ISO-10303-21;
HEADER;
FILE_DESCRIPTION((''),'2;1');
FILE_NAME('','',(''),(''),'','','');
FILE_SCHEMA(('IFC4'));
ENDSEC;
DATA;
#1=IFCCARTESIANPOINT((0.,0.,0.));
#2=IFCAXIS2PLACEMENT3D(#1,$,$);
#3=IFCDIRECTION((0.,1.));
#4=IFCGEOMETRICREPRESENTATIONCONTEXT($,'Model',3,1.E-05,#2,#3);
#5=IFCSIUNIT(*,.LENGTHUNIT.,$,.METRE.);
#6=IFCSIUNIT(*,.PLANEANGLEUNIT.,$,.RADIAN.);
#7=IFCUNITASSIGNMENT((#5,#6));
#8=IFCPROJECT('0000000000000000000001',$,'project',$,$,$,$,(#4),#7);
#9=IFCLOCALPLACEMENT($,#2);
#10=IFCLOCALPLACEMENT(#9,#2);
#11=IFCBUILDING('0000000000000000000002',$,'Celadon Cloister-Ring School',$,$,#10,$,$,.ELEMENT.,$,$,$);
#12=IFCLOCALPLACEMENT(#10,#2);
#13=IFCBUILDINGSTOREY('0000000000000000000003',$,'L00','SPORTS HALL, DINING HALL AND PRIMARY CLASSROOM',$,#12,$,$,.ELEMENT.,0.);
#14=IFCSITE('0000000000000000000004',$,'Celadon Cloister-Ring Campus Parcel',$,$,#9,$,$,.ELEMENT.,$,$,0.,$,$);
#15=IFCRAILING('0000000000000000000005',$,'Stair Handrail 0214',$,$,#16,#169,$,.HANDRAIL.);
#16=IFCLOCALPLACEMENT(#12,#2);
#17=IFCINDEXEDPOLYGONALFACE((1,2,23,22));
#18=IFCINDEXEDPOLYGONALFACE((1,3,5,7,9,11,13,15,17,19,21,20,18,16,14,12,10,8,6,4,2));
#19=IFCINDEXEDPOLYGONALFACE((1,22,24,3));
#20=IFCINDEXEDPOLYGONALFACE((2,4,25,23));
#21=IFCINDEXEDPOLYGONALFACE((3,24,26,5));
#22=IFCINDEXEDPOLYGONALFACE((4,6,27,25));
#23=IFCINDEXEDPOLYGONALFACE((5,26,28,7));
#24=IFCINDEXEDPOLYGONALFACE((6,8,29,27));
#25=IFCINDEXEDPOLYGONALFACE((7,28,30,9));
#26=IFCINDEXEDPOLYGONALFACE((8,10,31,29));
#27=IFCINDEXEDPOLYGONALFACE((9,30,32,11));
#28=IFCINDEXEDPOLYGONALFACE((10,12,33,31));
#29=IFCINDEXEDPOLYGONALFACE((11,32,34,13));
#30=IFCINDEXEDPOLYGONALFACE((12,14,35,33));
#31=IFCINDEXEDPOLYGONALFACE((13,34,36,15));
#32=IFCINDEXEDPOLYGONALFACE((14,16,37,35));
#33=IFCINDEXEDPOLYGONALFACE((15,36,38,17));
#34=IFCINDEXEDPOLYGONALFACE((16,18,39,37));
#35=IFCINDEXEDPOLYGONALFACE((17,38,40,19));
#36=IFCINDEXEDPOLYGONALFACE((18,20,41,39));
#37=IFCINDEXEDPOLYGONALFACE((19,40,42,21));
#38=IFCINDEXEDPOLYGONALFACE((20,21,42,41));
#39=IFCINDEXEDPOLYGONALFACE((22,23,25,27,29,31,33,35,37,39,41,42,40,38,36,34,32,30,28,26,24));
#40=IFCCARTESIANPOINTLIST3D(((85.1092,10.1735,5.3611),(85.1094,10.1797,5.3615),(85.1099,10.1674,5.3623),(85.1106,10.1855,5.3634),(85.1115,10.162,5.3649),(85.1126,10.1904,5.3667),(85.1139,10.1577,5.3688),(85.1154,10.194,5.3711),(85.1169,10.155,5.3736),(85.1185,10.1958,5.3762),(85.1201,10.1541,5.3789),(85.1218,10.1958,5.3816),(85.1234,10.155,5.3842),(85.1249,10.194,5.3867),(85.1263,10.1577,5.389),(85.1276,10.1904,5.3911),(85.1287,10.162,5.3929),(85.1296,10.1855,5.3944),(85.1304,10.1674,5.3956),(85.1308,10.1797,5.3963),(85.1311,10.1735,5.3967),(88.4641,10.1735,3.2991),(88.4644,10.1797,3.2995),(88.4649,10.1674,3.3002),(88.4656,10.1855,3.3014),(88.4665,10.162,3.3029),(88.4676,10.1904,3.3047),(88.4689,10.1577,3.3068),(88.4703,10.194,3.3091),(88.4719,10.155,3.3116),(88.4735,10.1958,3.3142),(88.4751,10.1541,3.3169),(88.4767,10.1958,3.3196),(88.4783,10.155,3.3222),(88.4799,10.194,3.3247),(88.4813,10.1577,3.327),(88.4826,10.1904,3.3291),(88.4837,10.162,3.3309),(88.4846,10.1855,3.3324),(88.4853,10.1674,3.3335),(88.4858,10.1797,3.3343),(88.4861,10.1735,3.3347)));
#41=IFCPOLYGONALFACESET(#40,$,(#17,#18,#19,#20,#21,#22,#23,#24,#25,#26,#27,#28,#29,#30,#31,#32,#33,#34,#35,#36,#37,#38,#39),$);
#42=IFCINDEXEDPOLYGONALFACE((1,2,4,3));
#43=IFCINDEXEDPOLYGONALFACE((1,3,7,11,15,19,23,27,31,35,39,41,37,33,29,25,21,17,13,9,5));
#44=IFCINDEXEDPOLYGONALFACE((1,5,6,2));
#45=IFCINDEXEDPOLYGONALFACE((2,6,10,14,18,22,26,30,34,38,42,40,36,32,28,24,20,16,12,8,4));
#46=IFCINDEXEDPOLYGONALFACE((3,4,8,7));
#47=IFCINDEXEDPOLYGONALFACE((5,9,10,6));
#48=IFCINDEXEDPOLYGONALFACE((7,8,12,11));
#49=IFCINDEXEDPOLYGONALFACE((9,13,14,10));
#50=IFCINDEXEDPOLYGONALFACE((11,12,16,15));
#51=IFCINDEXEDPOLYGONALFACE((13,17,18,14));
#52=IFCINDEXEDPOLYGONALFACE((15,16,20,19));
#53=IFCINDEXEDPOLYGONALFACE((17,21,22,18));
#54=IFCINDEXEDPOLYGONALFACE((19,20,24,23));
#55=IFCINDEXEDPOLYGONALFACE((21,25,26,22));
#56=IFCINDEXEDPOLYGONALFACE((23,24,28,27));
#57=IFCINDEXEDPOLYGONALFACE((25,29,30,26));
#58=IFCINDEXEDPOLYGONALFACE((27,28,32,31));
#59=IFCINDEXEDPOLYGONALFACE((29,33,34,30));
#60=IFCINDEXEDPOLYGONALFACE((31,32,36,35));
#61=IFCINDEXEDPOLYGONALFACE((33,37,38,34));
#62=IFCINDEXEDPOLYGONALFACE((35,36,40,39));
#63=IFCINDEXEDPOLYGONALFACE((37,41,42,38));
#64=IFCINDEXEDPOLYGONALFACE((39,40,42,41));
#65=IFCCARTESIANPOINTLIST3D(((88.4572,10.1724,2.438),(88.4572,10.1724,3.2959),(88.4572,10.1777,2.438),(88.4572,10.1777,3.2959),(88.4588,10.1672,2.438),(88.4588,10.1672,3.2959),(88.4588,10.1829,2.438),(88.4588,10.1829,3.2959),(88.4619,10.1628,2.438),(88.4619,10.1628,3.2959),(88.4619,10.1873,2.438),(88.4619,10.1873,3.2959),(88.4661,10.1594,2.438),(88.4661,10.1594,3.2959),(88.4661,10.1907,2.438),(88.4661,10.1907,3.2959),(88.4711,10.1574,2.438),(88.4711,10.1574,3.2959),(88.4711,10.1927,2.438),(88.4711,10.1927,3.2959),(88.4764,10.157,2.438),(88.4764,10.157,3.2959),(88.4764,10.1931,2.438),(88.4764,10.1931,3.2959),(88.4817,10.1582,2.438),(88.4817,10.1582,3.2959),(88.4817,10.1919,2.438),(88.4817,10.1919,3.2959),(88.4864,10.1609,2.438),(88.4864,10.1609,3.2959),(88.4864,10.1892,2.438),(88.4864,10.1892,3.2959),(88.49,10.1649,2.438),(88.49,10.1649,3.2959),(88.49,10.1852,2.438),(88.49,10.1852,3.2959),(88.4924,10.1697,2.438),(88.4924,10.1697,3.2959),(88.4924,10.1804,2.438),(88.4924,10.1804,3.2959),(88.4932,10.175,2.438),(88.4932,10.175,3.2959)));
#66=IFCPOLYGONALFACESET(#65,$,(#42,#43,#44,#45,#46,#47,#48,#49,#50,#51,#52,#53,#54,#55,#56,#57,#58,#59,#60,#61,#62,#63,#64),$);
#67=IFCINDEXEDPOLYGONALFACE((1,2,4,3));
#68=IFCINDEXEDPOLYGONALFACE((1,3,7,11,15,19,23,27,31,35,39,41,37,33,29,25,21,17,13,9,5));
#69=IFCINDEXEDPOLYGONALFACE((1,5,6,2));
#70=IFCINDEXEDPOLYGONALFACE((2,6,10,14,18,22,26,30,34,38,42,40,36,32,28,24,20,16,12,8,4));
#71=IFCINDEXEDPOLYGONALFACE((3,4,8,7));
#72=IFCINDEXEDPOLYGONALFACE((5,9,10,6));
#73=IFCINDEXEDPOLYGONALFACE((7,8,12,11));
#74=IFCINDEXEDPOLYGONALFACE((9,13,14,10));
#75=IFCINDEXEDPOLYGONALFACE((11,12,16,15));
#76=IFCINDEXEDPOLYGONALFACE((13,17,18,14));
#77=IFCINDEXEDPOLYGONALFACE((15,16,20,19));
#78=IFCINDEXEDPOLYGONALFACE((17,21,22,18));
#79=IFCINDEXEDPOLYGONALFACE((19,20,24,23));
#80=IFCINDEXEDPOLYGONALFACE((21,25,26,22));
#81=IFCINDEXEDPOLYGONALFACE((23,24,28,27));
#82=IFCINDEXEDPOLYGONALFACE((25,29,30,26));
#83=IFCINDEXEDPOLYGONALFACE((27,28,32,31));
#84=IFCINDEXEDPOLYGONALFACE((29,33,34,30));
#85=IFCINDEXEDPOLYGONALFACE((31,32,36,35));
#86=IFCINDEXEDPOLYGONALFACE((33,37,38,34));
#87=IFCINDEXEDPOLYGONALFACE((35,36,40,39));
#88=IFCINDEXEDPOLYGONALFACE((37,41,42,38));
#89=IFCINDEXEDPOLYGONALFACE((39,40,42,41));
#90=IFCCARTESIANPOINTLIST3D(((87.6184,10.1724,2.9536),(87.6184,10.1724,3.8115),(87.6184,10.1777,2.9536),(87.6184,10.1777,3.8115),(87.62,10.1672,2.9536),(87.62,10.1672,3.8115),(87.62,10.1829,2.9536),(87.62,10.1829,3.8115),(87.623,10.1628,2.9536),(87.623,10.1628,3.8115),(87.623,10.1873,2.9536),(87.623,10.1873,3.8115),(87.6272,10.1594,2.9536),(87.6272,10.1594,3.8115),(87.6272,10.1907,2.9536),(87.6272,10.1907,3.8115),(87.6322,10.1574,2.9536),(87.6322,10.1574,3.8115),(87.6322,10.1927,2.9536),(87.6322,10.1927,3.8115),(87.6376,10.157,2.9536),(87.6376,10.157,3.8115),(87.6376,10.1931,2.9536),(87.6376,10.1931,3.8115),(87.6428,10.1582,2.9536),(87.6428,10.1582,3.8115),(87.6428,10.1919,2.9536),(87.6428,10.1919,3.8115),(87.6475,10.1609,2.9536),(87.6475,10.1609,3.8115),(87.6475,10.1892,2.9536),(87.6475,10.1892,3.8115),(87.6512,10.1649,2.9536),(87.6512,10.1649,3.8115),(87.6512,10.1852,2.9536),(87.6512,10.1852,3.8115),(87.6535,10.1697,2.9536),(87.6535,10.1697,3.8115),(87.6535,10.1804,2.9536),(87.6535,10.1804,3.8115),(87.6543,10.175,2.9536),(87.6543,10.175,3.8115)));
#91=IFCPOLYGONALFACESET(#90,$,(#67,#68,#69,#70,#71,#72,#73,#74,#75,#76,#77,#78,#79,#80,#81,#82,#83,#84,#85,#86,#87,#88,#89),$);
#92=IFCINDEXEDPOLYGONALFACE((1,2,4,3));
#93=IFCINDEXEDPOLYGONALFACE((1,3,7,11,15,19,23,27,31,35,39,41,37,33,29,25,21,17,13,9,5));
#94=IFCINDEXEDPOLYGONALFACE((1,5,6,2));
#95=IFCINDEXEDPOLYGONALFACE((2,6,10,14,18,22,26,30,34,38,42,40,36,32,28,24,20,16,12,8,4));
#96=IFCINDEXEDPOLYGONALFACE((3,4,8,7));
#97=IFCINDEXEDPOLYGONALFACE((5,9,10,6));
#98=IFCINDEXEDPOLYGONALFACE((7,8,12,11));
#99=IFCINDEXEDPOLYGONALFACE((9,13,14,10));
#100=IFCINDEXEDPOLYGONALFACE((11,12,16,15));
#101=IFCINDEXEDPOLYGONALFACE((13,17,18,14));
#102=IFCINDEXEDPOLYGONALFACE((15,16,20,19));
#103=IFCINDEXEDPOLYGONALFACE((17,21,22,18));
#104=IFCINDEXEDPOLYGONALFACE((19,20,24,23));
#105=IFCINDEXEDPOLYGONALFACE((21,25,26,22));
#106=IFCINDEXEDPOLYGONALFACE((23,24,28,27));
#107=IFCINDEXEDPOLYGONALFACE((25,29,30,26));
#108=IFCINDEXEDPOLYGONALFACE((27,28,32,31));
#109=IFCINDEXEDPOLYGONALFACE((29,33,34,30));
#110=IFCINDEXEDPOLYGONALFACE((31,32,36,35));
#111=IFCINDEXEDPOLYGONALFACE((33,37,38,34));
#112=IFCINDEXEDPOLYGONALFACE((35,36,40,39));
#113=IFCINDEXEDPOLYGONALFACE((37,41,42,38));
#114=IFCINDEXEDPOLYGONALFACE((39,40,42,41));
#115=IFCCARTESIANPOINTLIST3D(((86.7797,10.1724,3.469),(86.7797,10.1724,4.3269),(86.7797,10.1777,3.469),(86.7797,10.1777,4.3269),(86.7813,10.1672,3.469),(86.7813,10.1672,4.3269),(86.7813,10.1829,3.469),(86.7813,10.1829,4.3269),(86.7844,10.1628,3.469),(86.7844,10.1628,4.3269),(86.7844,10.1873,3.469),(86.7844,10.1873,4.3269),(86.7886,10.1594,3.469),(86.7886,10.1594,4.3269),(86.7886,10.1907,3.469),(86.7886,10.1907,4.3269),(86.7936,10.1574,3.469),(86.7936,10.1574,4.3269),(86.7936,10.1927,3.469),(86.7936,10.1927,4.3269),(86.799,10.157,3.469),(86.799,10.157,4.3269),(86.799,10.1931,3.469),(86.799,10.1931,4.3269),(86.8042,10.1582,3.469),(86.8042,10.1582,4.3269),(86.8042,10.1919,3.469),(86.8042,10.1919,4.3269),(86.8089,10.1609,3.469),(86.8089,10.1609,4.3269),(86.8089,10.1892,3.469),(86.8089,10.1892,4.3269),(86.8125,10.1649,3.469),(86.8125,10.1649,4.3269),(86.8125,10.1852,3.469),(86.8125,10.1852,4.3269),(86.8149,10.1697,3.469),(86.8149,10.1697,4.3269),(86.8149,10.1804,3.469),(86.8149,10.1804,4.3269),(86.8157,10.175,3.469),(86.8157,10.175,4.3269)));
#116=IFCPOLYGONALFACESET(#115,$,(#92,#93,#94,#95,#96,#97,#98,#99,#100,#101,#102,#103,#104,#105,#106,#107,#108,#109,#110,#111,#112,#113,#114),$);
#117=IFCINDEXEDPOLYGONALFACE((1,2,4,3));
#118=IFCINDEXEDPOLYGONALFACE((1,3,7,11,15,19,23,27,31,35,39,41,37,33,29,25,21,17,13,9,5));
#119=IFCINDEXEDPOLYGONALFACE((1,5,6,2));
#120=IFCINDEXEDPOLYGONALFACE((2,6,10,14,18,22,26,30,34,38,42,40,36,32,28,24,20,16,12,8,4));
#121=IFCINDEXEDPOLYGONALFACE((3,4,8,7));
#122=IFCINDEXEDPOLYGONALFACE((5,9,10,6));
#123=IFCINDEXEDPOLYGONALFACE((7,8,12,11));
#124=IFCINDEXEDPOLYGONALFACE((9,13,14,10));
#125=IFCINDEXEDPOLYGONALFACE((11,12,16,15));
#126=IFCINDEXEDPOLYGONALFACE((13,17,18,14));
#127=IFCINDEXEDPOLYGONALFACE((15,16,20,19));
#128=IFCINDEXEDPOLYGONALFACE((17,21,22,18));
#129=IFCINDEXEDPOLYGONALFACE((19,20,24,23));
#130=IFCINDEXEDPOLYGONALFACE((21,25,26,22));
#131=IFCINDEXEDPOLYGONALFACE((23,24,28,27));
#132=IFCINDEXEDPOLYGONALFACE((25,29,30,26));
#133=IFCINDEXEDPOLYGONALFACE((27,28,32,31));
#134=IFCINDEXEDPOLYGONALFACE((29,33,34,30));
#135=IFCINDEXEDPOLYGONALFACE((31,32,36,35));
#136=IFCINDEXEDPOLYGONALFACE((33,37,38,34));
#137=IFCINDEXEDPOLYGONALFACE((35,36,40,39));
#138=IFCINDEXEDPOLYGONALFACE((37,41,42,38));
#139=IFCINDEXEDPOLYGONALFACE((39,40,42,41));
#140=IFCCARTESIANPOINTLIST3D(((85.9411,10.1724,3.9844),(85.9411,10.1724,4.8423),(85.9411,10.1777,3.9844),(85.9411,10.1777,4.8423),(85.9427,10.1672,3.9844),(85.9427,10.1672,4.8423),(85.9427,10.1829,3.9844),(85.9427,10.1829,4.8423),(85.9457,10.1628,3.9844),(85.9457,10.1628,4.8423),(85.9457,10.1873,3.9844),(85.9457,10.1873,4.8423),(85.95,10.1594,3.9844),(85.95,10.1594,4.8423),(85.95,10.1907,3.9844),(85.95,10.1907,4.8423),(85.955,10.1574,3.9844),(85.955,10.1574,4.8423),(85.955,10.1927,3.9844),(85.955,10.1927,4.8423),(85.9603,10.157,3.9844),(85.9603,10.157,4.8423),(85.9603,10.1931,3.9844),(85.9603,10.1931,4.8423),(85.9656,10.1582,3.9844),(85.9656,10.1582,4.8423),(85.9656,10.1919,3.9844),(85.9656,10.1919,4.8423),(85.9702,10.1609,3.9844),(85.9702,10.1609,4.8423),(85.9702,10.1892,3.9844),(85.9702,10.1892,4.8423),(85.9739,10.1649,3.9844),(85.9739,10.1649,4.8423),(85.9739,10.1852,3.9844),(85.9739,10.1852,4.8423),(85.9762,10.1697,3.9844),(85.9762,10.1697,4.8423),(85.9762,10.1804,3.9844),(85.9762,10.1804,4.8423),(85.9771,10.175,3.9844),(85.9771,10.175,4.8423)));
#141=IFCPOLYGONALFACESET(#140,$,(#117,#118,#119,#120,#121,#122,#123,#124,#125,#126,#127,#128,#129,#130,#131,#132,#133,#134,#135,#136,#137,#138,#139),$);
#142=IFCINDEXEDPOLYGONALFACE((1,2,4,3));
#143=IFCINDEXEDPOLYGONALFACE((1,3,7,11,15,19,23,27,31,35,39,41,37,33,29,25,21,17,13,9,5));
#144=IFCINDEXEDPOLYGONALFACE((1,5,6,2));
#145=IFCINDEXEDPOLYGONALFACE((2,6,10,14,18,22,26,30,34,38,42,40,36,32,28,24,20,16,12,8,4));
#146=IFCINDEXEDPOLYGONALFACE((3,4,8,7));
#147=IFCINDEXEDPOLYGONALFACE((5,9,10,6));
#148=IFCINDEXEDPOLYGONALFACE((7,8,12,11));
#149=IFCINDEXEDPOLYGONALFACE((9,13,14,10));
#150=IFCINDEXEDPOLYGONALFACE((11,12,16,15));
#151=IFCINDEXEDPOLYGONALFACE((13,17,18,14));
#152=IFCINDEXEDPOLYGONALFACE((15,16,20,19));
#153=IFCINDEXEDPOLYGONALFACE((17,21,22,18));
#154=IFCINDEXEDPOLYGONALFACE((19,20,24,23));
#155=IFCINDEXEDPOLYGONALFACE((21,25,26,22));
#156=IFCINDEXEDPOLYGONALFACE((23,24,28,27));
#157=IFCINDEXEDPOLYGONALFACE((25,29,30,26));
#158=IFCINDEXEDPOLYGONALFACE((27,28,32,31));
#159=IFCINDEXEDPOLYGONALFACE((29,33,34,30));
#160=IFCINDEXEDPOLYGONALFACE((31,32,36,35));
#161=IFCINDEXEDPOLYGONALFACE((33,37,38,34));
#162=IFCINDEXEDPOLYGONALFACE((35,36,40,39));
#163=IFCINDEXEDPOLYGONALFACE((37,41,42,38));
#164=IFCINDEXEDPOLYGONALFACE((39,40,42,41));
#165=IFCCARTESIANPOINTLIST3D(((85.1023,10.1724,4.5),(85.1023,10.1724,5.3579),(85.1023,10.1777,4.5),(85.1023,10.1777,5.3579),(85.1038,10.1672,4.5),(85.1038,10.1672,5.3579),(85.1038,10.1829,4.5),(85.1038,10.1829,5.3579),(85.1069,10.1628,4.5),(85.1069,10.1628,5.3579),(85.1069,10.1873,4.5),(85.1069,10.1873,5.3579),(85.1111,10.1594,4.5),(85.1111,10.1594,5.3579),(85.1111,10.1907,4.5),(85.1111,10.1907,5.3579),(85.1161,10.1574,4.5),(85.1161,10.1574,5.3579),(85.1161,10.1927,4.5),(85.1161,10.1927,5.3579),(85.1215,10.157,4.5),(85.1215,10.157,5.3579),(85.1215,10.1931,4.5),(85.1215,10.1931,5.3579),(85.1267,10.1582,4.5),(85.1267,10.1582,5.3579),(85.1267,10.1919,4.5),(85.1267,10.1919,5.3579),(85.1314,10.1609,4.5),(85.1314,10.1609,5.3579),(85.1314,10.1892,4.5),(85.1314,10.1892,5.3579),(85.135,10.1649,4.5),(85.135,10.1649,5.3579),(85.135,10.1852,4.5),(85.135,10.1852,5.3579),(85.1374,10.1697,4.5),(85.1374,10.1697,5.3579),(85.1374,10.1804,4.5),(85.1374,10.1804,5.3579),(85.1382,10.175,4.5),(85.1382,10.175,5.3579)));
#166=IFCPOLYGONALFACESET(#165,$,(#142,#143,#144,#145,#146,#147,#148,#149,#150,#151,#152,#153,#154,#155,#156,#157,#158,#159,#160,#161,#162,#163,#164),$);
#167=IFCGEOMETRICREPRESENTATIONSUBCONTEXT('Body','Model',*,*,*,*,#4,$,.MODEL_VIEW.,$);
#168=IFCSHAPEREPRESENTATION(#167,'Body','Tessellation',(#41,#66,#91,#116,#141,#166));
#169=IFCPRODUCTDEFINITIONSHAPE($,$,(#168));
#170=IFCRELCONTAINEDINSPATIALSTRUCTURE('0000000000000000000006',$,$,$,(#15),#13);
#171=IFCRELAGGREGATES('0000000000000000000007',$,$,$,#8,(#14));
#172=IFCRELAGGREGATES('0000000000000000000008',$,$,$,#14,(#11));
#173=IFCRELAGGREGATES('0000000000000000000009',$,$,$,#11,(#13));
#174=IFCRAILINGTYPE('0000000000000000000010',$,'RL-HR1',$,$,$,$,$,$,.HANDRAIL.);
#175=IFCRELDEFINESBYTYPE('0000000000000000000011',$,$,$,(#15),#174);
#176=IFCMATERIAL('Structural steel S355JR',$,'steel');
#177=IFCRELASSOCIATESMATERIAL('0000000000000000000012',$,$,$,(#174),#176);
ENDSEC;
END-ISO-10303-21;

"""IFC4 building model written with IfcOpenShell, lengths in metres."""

from ifc_helpers import new_model, si_unit, direction, frame, origin, origin_2d, place, context, subcontext, project, spatial, circle, extrude, material, type_object, element, save


model = new_model("IFC4")

# Units and contexts
model_context = context("Model", 3, precision=1e-05, world=origin(), true_north=direction((0.0, 1.0)))
body_context = subcontext(model_context, "Body", "Model", "MODEL_VIEW")
ifc_project = project(units=[si_unit("LENGTHUNIT", "METRE"), si_unit("PLANEANGLEUNIT", "RADIAN")], contexts=[model_context])

# Site, building, storey
site_placement = place(None, origin())
site = spatial("IfcSite", under=ifc_project, at=site_placement, Name="Celadon Cloister-Ring Campus Parcel", CompositionType="ELEMENT", RefElevation=0.0)
building_placement = place(site_placement, origin())
building = spatial("IfcBuilding", under=site, at=building_placement, Name="Celadon Cloister-Ring School", CompositionType="ELEMENT")
storey_placement = place(building_placement, origin())
storey = spatial("IfcBuildingStorey", under=building, at=storey_placement, Name="L00", Description="SPORTS HALL, DINING HALL AND PRIMARY CLASSROOM", CompositionType="ELEMENT", Elevation=0.0)

# Railing
ifc_material_1 = material(Name="Structural steel S355JR", Category="steel")
railing_type_1 = type_object("IfcRailingType", Name="RL-HR1", PredefinedType="HANDRAIL", material=ifc_material_1)
for number, where, name in (
    (1, (88.4751, 10.175, 2.438), "Stair Handrail 0214"),
):
    element("IfcRailing", number, at=place(storey_placement, frame(where)), inside=storey, type_object=railing_type_1, Name=name, PredefinedType="HANDRAIL", context=body_context, shape_type="SweptSolid", body=[
        extrude(circle(Radius=0.021, at=origin_2d()), frame((0.0, 0.0, 0.8789), z_axis=(-0.851952, 0.0, 0.52362), x_axis=(0.0, -1.0, 0.0)), (0.0, 0.0, 1.0), 3.938),
        extrude(circle(Radius=0.0181, at=origin_2d()), origin(), (0.0, 0.0, 1.0), 0.8579),
        extrude(circle(Radius=0.0181, at=origin_2d()), frame((-0.8389, 0.0, 0.5156)), (0.0, 0.0, 1.0), 0.8579),
        extrude(circle(Radius=0.0181, at=origin_2d()), frame((-1.6775, 0.0, 1.031)), (0.0, 0.0, 1.0), 0.8579),
        extrude(circle(Radius=0.0181, at=origin_2d()), frame((-2.5161, 0.0, 1.5464)), (0.0, 0.0, 1.0), 0.8579),
        extrude(circle(Radius=0.0181, at=origin_2d()), frame((-3.355, 0.0, 2.062)), (0.0, 0.0, 1.0), 0.8579),
    ])

save(model, "model.ifc")
